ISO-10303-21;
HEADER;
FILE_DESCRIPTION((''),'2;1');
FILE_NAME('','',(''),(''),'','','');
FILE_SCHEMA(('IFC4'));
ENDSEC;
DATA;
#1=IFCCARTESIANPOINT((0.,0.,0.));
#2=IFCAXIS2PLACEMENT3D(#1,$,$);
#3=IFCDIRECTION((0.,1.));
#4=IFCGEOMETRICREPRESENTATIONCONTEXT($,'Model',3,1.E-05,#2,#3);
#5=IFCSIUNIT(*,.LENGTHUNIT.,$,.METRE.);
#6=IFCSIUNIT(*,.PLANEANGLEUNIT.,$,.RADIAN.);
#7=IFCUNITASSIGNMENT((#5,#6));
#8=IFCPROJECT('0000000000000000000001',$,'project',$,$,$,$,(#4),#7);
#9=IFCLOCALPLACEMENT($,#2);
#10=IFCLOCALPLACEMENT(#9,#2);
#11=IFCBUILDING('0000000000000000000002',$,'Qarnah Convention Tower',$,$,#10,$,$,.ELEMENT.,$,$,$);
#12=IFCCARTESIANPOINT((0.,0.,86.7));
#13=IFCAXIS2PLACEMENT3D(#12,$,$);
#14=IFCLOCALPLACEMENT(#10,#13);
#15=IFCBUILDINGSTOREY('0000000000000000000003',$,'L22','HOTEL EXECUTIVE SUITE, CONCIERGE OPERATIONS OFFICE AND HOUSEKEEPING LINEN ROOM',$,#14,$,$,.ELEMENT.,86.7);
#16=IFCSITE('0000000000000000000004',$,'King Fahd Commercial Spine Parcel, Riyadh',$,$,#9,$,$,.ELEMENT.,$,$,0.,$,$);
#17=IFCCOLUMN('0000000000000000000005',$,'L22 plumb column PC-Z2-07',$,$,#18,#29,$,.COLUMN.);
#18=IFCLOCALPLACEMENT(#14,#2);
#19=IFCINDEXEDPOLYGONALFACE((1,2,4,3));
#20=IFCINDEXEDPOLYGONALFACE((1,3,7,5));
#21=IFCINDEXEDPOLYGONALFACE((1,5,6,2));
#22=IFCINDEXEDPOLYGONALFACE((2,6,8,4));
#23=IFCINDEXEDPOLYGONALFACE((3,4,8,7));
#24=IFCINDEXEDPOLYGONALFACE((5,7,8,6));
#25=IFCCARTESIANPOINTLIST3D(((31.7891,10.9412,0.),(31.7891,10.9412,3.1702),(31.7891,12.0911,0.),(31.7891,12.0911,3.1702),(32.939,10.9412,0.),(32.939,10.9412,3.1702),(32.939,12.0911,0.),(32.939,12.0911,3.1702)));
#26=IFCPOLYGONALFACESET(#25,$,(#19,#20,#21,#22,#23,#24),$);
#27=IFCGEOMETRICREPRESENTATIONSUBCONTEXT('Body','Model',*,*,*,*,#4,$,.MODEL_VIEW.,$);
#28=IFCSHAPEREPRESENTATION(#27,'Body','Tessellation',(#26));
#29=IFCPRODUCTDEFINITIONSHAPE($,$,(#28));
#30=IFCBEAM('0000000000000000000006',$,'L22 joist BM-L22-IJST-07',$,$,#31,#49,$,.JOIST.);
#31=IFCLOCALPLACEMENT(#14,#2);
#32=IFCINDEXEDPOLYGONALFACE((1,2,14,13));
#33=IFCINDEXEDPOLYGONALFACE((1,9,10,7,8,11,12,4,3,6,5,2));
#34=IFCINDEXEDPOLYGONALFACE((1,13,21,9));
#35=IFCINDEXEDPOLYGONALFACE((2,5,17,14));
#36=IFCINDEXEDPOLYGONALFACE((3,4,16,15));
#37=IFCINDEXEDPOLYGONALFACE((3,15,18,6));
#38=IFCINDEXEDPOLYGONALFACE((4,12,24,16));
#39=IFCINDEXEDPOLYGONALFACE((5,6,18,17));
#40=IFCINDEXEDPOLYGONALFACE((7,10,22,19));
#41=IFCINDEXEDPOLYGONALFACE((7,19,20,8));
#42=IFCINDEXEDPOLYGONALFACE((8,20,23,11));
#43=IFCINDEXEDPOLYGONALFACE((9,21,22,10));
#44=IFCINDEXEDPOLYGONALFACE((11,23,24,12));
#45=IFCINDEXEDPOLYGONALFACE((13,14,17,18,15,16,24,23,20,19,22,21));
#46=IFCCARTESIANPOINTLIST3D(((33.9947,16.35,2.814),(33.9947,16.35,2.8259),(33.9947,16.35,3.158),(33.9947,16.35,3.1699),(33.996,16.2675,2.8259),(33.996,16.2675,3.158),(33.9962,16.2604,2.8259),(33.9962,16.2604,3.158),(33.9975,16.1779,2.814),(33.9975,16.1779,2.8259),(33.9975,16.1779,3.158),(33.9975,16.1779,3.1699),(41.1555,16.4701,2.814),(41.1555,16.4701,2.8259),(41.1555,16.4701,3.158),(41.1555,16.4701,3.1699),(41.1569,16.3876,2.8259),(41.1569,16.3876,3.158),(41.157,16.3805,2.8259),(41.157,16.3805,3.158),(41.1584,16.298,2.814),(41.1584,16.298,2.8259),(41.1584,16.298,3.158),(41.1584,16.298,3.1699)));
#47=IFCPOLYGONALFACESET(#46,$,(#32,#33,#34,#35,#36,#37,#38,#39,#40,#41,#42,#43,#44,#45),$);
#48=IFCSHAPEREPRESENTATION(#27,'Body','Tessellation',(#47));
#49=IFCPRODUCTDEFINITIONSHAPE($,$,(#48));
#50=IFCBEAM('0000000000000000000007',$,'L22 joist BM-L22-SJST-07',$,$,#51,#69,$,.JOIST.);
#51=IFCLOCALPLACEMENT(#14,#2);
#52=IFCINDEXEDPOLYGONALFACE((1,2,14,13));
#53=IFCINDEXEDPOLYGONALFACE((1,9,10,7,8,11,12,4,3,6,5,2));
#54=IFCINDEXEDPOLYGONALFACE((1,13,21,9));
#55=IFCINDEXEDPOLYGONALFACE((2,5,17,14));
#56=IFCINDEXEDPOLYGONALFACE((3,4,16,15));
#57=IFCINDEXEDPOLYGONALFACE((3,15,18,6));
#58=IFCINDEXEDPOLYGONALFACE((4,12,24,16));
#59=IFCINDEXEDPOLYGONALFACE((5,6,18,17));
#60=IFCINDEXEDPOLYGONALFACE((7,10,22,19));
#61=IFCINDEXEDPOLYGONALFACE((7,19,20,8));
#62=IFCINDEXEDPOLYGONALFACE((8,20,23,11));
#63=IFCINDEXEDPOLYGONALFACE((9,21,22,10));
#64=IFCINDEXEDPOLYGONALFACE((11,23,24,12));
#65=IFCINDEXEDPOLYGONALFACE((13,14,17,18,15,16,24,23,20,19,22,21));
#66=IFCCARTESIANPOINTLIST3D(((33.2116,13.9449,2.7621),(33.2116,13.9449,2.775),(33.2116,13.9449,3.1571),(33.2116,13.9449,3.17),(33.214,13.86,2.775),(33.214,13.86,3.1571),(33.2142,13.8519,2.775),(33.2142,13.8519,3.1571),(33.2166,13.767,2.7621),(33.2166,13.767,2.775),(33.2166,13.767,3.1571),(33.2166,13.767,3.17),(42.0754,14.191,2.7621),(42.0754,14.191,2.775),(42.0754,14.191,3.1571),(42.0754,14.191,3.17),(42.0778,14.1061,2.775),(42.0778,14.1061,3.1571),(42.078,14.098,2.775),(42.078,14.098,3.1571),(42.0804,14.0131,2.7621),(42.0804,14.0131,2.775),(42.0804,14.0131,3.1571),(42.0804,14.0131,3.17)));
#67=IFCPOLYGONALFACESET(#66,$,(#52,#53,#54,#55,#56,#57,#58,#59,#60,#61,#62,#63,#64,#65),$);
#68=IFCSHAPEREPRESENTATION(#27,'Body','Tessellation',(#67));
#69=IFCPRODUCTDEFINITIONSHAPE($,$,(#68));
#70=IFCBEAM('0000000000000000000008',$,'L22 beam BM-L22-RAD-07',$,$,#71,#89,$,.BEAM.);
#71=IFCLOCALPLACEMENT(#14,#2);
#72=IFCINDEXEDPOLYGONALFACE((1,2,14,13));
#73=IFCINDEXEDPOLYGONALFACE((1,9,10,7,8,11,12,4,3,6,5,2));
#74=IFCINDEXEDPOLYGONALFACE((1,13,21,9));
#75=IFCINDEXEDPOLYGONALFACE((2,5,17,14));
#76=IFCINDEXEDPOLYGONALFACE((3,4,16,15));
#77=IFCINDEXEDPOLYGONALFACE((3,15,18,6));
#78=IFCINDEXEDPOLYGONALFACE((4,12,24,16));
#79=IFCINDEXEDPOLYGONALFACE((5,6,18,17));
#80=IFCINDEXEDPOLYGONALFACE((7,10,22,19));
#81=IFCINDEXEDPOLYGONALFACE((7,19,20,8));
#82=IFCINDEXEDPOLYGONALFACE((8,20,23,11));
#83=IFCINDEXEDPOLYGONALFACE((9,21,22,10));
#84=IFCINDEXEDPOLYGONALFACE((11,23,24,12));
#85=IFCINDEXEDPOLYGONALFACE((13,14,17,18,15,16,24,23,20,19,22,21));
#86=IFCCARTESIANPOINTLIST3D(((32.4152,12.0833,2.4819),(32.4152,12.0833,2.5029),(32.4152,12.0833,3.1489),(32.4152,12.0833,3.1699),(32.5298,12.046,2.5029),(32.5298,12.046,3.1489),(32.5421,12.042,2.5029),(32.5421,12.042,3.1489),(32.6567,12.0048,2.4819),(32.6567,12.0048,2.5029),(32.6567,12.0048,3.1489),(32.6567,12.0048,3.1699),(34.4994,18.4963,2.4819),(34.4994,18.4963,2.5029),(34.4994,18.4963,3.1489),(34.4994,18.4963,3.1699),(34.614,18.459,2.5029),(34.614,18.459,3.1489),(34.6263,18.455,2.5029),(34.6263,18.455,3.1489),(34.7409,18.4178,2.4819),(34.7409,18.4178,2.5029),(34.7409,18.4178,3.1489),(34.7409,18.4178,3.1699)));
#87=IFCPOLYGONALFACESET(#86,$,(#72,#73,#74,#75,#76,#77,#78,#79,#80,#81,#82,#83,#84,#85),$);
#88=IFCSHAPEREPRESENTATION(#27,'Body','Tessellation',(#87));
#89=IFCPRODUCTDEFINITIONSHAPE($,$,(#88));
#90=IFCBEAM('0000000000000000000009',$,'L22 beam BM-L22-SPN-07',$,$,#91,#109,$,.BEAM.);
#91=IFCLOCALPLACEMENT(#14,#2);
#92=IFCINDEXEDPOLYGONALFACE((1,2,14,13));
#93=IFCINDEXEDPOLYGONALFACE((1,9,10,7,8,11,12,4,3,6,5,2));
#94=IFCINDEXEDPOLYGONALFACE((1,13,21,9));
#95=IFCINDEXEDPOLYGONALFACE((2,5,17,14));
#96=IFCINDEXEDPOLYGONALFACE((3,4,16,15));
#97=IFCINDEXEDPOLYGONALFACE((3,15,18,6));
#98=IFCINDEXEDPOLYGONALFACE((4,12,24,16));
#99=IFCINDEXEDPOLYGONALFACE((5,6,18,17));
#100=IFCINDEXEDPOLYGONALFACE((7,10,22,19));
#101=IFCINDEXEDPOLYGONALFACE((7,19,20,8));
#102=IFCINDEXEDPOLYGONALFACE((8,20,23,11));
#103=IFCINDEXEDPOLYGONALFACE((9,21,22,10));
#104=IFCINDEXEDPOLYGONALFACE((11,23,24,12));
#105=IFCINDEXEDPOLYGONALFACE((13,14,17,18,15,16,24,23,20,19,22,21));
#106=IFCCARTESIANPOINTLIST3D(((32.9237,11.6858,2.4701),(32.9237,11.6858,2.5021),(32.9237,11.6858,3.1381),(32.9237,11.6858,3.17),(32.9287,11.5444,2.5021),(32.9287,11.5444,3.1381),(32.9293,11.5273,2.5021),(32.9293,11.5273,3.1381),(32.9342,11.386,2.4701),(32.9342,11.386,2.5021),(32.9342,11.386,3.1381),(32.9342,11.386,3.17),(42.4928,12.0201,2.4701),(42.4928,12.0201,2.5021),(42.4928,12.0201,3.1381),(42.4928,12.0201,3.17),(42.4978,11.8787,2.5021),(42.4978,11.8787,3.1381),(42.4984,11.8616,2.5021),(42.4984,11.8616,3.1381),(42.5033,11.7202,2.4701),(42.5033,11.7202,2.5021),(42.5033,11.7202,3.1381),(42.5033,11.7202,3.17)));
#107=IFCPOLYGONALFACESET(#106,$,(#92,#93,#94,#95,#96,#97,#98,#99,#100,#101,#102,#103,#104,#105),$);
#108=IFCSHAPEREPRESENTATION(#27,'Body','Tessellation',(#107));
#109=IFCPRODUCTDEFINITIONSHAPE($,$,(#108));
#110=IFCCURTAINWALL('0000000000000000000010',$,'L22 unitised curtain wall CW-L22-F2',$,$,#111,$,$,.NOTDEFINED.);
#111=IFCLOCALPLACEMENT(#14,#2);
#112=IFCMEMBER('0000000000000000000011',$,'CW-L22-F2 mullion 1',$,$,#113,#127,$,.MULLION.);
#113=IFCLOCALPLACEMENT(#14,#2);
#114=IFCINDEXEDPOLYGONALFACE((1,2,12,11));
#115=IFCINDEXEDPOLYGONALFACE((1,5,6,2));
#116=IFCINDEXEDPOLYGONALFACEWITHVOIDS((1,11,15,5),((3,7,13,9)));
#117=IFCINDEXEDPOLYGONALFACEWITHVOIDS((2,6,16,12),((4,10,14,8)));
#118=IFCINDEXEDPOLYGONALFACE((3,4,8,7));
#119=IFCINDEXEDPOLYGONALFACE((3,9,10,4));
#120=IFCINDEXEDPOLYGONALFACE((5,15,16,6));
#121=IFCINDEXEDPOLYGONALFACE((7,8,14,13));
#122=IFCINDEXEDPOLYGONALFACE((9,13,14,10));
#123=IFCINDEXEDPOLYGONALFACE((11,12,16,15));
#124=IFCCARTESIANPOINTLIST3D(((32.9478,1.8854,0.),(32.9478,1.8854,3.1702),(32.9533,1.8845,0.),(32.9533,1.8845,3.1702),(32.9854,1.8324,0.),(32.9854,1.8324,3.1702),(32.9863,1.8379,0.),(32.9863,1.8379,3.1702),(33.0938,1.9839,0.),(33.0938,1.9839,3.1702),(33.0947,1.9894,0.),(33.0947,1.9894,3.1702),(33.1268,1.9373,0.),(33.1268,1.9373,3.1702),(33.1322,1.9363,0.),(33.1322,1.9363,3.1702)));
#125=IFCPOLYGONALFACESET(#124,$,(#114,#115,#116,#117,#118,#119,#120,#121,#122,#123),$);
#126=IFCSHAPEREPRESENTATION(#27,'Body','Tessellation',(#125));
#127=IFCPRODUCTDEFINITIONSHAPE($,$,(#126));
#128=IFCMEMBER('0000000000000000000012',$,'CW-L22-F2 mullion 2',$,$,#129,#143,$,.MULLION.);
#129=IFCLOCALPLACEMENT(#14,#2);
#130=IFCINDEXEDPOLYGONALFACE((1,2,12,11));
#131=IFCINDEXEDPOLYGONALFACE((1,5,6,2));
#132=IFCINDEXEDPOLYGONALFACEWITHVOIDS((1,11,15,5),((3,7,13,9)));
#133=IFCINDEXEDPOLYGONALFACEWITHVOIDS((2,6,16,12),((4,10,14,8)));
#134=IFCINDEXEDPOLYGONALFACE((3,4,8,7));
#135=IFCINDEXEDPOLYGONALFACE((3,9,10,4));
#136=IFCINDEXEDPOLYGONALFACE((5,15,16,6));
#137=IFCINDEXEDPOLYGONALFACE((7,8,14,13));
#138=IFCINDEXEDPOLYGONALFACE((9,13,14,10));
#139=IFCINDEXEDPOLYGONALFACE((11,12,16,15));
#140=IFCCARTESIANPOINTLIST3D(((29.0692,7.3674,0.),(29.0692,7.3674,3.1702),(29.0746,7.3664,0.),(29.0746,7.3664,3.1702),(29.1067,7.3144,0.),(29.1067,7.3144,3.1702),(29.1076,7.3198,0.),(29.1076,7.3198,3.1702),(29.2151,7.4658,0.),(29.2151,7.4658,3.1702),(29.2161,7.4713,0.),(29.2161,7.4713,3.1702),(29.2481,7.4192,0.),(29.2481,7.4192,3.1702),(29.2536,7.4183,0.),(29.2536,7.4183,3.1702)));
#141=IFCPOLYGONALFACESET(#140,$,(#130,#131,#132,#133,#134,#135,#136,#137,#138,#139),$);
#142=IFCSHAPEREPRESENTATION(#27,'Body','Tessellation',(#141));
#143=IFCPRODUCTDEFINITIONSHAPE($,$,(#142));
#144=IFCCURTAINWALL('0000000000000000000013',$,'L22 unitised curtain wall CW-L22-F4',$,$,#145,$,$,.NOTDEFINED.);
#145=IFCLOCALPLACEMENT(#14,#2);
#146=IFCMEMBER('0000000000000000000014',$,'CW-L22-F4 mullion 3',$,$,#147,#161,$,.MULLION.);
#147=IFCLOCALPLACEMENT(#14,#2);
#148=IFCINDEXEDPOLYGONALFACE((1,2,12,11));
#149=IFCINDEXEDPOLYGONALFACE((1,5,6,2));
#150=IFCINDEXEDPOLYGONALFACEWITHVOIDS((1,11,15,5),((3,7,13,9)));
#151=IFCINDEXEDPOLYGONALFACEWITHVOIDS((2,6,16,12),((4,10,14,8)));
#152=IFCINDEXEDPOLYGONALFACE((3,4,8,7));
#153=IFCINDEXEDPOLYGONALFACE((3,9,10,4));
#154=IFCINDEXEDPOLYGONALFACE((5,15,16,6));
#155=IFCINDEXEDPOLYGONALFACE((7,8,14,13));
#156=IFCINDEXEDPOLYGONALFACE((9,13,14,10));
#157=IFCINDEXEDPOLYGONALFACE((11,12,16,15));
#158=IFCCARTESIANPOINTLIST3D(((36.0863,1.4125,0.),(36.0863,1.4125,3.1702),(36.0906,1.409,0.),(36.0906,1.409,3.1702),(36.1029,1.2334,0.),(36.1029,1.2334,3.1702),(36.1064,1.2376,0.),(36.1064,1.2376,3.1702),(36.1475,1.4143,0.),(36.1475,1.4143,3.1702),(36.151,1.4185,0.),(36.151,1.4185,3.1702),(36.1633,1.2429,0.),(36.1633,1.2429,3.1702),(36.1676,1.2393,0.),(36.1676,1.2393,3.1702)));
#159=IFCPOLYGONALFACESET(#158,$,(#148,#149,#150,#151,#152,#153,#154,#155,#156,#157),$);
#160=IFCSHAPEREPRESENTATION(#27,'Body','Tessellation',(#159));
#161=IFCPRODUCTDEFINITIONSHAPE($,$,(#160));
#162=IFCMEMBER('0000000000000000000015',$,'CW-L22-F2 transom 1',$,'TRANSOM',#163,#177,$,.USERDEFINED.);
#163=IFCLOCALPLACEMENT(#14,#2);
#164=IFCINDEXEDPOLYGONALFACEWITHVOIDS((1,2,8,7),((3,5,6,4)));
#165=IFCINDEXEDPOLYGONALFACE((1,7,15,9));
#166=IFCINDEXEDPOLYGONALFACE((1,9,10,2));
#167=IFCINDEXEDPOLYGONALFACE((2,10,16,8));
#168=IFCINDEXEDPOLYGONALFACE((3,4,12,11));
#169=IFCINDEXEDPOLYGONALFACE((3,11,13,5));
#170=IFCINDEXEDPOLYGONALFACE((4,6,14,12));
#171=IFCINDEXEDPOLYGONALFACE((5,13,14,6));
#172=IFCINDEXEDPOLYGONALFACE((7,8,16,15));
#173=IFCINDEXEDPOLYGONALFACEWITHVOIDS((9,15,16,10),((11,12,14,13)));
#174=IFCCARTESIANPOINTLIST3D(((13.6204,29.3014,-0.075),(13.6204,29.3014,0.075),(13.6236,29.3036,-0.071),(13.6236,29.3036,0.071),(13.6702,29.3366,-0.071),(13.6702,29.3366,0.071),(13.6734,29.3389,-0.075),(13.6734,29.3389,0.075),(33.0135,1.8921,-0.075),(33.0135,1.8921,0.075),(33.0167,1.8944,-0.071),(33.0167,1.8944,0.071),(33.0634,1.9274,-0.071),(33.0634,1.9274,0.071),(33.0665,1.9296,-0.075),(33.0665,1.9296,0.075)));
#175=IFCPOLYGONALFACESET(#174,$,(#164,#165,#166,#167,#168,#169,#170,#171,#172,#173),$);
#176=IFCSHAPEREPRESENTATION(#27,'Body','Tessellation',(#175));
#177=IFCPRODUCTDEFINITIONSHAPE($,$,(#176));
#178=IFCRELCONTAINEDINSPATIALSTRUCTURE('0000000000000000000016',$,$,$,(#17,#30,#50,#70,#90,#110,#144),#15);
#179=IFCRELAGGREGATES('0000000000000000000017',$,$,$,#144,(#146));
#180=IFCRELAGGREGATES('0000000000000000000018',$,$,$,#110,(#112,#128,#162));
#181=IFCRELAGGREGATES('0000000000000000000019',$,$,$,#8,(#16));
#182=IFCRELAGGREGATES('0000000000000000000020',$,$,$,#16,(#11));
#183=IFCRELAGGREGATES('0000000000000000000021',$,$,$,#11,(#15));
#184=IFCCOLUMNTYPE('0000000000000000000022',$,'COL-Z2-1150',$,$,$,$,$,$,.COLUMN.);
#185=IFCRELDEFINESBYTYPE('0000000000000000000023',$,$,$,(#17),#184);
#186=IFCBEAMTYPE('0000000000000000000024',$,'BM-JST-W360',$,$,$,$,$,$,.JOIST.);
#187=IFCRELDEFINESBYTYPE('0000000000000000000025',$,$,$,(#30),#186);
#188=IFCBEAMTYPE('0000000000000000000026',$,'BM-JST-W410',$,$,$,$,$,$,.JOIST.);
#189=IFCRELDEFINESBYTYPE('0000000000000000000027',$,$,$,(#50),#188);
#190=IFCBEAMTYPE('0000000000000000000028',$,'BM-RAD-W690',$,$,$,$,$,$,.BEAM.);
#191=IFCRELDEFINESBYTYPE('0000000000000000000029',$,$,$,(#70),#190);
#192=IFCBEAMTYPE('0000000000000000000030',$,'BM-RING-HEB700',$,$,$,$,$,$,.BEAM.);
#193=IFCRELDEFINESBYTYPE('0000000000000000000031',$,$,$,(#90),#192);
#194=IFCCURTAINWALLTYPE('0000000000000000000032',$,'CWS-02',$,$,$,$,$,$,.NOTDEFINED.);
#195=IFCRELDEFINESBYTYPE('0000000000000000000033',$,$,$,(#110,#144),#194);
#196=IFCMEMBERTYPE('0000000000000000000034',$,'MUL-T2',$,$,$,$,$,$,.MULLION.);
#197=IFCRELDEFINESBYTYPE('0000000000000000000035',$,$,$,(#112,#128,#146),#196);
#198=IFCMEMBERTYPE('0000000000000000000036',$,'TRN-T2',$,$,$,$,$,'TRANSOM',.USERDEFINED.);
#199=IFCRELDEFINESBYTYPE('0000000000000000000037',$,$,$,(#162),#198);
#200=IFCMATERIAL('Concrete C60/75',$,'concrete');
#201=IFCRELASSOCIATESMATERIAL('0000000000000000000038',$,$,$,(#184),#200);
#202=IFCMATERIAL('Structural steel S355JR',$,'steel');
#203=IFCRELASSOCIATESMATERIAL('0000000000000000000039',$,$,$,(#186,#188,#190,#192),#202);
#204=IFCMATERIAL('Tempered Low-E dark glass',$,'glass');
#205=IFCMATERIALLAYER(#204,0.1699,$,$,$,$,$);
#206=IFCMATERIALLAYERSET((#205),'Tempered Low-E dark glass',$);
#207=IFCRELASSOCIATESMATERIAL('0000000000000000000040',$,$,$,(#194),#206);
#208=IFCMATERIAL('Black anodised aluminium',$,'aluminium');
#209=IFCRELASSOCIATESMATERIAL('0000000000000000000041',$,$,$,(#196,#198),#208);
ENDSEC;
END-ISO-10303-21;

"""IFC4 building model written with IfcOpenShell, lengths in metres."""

from ifc_helpers import new_model, si_unit, direction, frame, origin, origin_2d, place, context, subcontext, project, spatial, rectangle, hollow_rectangle, i_section, extrude, material, layer, layer_set, material_profile, profile_set, type_object, element, aggregate, save


model = new_model("IFC4")

# Units and contexts
model_context = context("Model", 3, precision=1e-05, world=origin(), true_north=direction((0.0, 1.0)))
body_context = subcontext(model_context, "Body", "Model", "MODEL_VIEW")
ifc_project = project(units=[si_unit("LENGTHUNIT", "METRE"), si_unit("PLANEANGLEUNIT", "RADIAN")], contexts=[model_context])

# Site, building, storey
site_placement = place(None, origin())
site = spatial("IfcSite", under=ifc_project, at=site_placement, Name="King Fahd Commercial Spine Parcel, Riyadh", CompositionType="ELEMENT", RefElevation=0.0)
building_placement = place(site_placement, origin())
building = spatial("IfcBuilding", under=site, at=building_placement, Name="Qarnah Convention Tower", CompositionType="ELEMENT")
storey_placement = place(building_placement, frame((0.0, 0.0, 86.7)))
storey = spatial("IfcBuildingStorey", under=building, at=storey_placement, Name="L22", Description="HOTEL EXECUTIVE SUITE, CONCIERGE OPERATIONS OFFICE AND HOUSEKEEPING LINEN ROOM", CompositionType="ELEMENT", Elevation=86.7)

# Column
ifc_material_1 = material(Name="Concrete C60/75", Category="concrete")
ifc_material_profile_1 = material_profile(ifc_material_1, rectangle(XDim=1.1499, YDim=1.1499, at=origin_2d()), Name="RC-COL-1150X1150")
ifc_profile_set_1 = profile_set([ifc_material_profile_1], Name="Concrete C60/75")
column_type = type_object("IfcColumnType", Name="COL-Z2-1150", PredefinedType="COLUMN", material=ifc_profile_set_1)
column_placement = place(storey_placement, frame((32.364, 11.5161, 0.0), z_axis=(0.0, 0.0, 1.0), x_axis=(1.0, 0.0, 0.0)))
element("IfcColumn", 1, at=column_placement, inside=storey, type_object=column_type, Name="L22 plumb column PC-Z2-07", PredefinedType="COLUMN", context=body_context, shape_type="SweptSolid", body=[
    extrude(rectangle(XDim=1.1499, YDim=1.1499, at=origin_2d()), origin(), (0.0, 0.0, 1.0), 3.1702),
])

# Beams
ifc_material_2 = material(Name="Structural steel S355JR", Category="steel")
ifc_material_profile_2 = material_profile(ifc_material_2, i_section(OverallWidth=0.1721, OverallDepth=0.356, WebThickness=0.0071, FlangeThickness=0.012, at=origin_2d()), Name="W360X51")
ifc_profile_set_2 = profile_set([ifc_material_profile_2], Name="Structural steel S355JR")
beam_type_1 = type_object("IfcBeamType", Name="BM-JST-W360", PredefinedType="JOIST", material=ifc_profile_set_2)
beam_1_placement = place(storey_placement, frame((33.9961, 16.2639, 2.9919), z_axis=(0.999859, 0.016772, 0.0), x_axis=(-0.016772, 0.999859, 0.0)))
element("IfcBeam", 2, at=beam_1_placement, inside=storey, type_object=beam_type_1, Name="L22 joist BM-L22-IJST-07", PredefinedType="JOIST", context=body_context, shape_type="SweptSolid", body=[
    extrude(i_section(OverallWidth=0.1721, OverallDepth=0.356, WebThickness=0.0071, FlangeThickness=0.012, at=origin_2d()), origin(), (0.0, 0.0, 1.0), 7.1619),
])
ifc_material_profile_3 = material_profile(ifc_material_2, i_section(OverallWidth=0.178, OverallDepth=0.408, WebThickness=0.0081, FlangeThickness=0.0129, at=origin_2d()), Name="W410X60")
ifc_profile_set_3 = profile_set([ifc_material_profile_3], Name="Structural steel S355JR")
beam_type_2 = type_object("IfcBeamType", Name="BM-JST-W410", PredefinedType="JOIST", material=ifc_profile_set_3)
beam_2_placement = place(storey_placement, frame((33.2141, 13.856, 2.9661), z_axis=(0.999615, 0.027753, 0.0), x_axis=(-0.027753, 0.999615, 0.0)))
element("IfcBeam", 3, at=beam_2_placement, inside=storey, type_object=beam_type_2, Name="L22 joist BM-L22-SJST-07", PredefinedType="JOIST", context=body_context, shape_type="SweptSolid", body=[
    extrude(i_section(OverallWidth=0.178, OverallDepth=0.408, WebThickness=0.0081, FlangeThickness=0.0129, at=origin_2d()), origin(), (0.0, 0.0, 1.0), 8.8672),
])
ifc_material_profile_4 = material_profile(ifc_material_2, i_section(OverallWidth=0.2539, OverallDepth=0.688, WebThickness=0.0129, FlangeThickness=0.021, at=origin_2d()), Name="W690X152")
ifc_profile_set_4 = profile_set([ifc_material_profile_4], Name="Structural steel S355JR")
beam_type_3 = type_object("IfcBeamType", Name="BM-RAD-W690", PredefinedType="BEAM", material=ifc_profile_set_4)
beam_3_placement = place(storey_placement, frame((34.6201, 18.457, 2.8259), z_axis=(-0.309083, -0.951035, 0.0), x_axis=(0.951035, -0.309083, 0.0)))
element("IfcBeam", 4, at=beam_3_placement, inside=storey, type_object=beam_type_3, Name="L22 beam BM-L22-RAD-07", PredefinedType="BEAM", context=body_context, shape_type="SweptSolid", body=[
    extrude(i_section(OverallWidth=0.2539, OverallDepth=0.688, WebThickness=0.0129, FlangeThickness=0.021, at=origin_2d()), origin(), (0.0, 0.0, 1.0), 6.7432),
])
ifc_material_profile_5 = material_profile(ifc_material_2, i_section(OverallWidth=0.3, OverallDepth=0.7, WebThickness=0.0171, FlangeThickness=0.032, at=origin_2d()), Name="HEB700")
ifc_profile_set_5 = profile_set([ifc_material_profile_5], Name="Structural steel S355JR")
beam_type_4 = type_object("IfcBeamType", Name="BM-RING-HEB700", PredefinedType="BEAM", material=ifc_profile_set_5)
beam_4_placement = place(storey_placement, frame((32.929, 11.5359, 2.8201), z_axis=(0.999391, 0.034907, 0.0), x_axis=(-0.034907, 0.999391, 0.0)))
element("IfcBeam", 5, at=beam_4_placement, inside=storey, type_object=beam_type_4, Name="L22 beam BM-L22-SPN-07", PredefinedType="BEAM", context=body_context, shape_type="SweptSolid", body=[
    extrude(i_section(OverallWidth=0.3, OverallDepth=0.7, WebThickness=0.0171, FlangeThickness=0.032, at=origin_2d()), origin(), (0.0, 0.0, 1.0), 9.575),
])

# Curtain wall, members
ifc_material_3 = material(Name="Tempered Low-E dark glass", Category="glass")
ifc_layer_1 = layer(ifc_material_3, 0.1699)
ifc_layer_set_1 = layer_set([ifc_layer_1], Name="Tempered Low-E dark glass")
curtain_wall_type = type_object("IfcCurtainWallType", Name="CWS-02", PredefinedType="NOTDEFINED", material=ifc_layer_set_1)
curtain_wall_1_placement = place(storey_placement, origin())
curtain_wall_1 = element("IfcCurtainWall", 6, at=curtain_wall_1_placement, inside=storey, type_object=curtain_wall_type, Name="L22 unitised curtain wall CW-L22-F2", PredefinedType="NOTDEFINED")
ifc_material_4 = material(Name="Black anodised aluminium", Category="aluminium")
ifc_material_profile_6 = material_profile(ifc_material_4, hollow_rectangle(XDim=0.0649, YDim=0.1799, WallThickness=0.0039, at=origin_2d()), Name="MUL-65X180")
ifc_profile_set_6 = profile_set([ifc_material_profile_6], Name="Black anodised aluminium")
member_type_1 = type_object("IfcMemberType", Name="MUL-T2", PredefinedType="MULLION", material=ifc_profile_set_6)
member_1_placement = place(storey_placement, frame((33.04, 1.9109, 0.0), z_axis=(0.0, 0.0, 1.0), x_axis=(-0.577587, 0.816329, 0.0)))
member_1 = element("IfcMember", 7, at=member_1_placement, type_object=member_type_1, Name="CW-L22-F2 mullion 1", PredefinedType="MULLION", context=body_context, shape_type="SweptSolid", body=[
    extrude(hollow_rectangle(XDim=0.0649, YDim=0.1799, WallThickness=0.0039, at=origin_2d()), origin(), (0.0, 0.0, 1.0), 3.1702),
])
member_2_placement = place(storey_placement, frame((29.1614, 7.3928, 0.0), z_axis=(0.0, 0.0, 1.0), x_axis=(-0.577587, 0.816329, 0.0)))
member_2 = element("IfcMember", 8, at=member_2_placement, type_object=member_type_1, Name="CW-L22-F2 mullion 2", PredefinedType="MULLION", context=body_context, shape_type="SweptSolid", body=[
    extrude(hollow_rectangle(XDim=0.0649, YDim=0.1799, WallThickness=0.0039, at=origin_2d()), origin(), (0.0, 0.0, 1.0), 3.1702),
])

# Curtain wall, member
curtain_wall_2_placement = place(storey_placement, origin())
curtain_wall_2 = element("IfcCurtainWall", 9, at=curtain_wall_2_placement, inside=storey, type_object=curtain_wall_type, Name="L22 unitised curtain wall CW-L22-F4", PredefinedType="NOTDEFINED")
member_3_placement = place(storey_placement, frame((36.127, 1.3259, 0.0), z_axis=(0.0, 0.0, 1.0), x_axis=(-0.995747, -0.092131, 0.0)))
member_3 = element("IfcMember", 10, at=member_3_placement, type_object=member_type_1, Name="CW-L22-F4 mullion 3", PredefinedType="MULLION", context=body_context, shape_type="SweptSolid", body=[
    extrude(hollow_rectangle(XDim=0.0649, YDim=0.1799, WallThickness=0.0039, at=origin_2d()), origin(), (0.0, 0.0, 1.0), 3.1702),
])
aggregate(curtain_wall_2, [member_3])

# Member
ifc_material_profile_7 = material_profile(ifc_material_4, hollow_rectangle(XDim=0.0649, YDim=0.1499, WallThickness=0.0039, at=origin_2d()), Name="TRN-65X150")
ifc_profile_set_7 = profile_set([ifc_material_profile_7], Name="Black anodised aluminium")
member_type_2 = type_object("IfcMemberType", Name="TRN-T2", ElementType="TRANSOM", PredefinedType="USERDEFINED", material=ifc_profile_set_7)
member_4_placement = place(storey_placement, frame((33.04, 1.9109, 0.0), z_axis=(-0.577586, 0.81633, 0.0), x_axis=(-0.81633, -0.577586, 0.0)))
member_4 = element("IfcMember", 11, at=member_4_placement, type_object=member_type_2, Name="CW-L22-F2 transom 1", ObjectType="TRANSOM", PredefinedType="USERDEFINED", context=body_context, shape_type="SweptSolid", body=[
    extrude(hollow_rectangle(XDim=0.0649, YDim=0.1499, WallThickness=0.0039, at=origin_2d()), origin(), (0.0, 0.0, 1.0), 33.5762),
])

aggregate(curtain_wall_1, [member_1, member_2, member_4])

save(model, "model.ifc")
